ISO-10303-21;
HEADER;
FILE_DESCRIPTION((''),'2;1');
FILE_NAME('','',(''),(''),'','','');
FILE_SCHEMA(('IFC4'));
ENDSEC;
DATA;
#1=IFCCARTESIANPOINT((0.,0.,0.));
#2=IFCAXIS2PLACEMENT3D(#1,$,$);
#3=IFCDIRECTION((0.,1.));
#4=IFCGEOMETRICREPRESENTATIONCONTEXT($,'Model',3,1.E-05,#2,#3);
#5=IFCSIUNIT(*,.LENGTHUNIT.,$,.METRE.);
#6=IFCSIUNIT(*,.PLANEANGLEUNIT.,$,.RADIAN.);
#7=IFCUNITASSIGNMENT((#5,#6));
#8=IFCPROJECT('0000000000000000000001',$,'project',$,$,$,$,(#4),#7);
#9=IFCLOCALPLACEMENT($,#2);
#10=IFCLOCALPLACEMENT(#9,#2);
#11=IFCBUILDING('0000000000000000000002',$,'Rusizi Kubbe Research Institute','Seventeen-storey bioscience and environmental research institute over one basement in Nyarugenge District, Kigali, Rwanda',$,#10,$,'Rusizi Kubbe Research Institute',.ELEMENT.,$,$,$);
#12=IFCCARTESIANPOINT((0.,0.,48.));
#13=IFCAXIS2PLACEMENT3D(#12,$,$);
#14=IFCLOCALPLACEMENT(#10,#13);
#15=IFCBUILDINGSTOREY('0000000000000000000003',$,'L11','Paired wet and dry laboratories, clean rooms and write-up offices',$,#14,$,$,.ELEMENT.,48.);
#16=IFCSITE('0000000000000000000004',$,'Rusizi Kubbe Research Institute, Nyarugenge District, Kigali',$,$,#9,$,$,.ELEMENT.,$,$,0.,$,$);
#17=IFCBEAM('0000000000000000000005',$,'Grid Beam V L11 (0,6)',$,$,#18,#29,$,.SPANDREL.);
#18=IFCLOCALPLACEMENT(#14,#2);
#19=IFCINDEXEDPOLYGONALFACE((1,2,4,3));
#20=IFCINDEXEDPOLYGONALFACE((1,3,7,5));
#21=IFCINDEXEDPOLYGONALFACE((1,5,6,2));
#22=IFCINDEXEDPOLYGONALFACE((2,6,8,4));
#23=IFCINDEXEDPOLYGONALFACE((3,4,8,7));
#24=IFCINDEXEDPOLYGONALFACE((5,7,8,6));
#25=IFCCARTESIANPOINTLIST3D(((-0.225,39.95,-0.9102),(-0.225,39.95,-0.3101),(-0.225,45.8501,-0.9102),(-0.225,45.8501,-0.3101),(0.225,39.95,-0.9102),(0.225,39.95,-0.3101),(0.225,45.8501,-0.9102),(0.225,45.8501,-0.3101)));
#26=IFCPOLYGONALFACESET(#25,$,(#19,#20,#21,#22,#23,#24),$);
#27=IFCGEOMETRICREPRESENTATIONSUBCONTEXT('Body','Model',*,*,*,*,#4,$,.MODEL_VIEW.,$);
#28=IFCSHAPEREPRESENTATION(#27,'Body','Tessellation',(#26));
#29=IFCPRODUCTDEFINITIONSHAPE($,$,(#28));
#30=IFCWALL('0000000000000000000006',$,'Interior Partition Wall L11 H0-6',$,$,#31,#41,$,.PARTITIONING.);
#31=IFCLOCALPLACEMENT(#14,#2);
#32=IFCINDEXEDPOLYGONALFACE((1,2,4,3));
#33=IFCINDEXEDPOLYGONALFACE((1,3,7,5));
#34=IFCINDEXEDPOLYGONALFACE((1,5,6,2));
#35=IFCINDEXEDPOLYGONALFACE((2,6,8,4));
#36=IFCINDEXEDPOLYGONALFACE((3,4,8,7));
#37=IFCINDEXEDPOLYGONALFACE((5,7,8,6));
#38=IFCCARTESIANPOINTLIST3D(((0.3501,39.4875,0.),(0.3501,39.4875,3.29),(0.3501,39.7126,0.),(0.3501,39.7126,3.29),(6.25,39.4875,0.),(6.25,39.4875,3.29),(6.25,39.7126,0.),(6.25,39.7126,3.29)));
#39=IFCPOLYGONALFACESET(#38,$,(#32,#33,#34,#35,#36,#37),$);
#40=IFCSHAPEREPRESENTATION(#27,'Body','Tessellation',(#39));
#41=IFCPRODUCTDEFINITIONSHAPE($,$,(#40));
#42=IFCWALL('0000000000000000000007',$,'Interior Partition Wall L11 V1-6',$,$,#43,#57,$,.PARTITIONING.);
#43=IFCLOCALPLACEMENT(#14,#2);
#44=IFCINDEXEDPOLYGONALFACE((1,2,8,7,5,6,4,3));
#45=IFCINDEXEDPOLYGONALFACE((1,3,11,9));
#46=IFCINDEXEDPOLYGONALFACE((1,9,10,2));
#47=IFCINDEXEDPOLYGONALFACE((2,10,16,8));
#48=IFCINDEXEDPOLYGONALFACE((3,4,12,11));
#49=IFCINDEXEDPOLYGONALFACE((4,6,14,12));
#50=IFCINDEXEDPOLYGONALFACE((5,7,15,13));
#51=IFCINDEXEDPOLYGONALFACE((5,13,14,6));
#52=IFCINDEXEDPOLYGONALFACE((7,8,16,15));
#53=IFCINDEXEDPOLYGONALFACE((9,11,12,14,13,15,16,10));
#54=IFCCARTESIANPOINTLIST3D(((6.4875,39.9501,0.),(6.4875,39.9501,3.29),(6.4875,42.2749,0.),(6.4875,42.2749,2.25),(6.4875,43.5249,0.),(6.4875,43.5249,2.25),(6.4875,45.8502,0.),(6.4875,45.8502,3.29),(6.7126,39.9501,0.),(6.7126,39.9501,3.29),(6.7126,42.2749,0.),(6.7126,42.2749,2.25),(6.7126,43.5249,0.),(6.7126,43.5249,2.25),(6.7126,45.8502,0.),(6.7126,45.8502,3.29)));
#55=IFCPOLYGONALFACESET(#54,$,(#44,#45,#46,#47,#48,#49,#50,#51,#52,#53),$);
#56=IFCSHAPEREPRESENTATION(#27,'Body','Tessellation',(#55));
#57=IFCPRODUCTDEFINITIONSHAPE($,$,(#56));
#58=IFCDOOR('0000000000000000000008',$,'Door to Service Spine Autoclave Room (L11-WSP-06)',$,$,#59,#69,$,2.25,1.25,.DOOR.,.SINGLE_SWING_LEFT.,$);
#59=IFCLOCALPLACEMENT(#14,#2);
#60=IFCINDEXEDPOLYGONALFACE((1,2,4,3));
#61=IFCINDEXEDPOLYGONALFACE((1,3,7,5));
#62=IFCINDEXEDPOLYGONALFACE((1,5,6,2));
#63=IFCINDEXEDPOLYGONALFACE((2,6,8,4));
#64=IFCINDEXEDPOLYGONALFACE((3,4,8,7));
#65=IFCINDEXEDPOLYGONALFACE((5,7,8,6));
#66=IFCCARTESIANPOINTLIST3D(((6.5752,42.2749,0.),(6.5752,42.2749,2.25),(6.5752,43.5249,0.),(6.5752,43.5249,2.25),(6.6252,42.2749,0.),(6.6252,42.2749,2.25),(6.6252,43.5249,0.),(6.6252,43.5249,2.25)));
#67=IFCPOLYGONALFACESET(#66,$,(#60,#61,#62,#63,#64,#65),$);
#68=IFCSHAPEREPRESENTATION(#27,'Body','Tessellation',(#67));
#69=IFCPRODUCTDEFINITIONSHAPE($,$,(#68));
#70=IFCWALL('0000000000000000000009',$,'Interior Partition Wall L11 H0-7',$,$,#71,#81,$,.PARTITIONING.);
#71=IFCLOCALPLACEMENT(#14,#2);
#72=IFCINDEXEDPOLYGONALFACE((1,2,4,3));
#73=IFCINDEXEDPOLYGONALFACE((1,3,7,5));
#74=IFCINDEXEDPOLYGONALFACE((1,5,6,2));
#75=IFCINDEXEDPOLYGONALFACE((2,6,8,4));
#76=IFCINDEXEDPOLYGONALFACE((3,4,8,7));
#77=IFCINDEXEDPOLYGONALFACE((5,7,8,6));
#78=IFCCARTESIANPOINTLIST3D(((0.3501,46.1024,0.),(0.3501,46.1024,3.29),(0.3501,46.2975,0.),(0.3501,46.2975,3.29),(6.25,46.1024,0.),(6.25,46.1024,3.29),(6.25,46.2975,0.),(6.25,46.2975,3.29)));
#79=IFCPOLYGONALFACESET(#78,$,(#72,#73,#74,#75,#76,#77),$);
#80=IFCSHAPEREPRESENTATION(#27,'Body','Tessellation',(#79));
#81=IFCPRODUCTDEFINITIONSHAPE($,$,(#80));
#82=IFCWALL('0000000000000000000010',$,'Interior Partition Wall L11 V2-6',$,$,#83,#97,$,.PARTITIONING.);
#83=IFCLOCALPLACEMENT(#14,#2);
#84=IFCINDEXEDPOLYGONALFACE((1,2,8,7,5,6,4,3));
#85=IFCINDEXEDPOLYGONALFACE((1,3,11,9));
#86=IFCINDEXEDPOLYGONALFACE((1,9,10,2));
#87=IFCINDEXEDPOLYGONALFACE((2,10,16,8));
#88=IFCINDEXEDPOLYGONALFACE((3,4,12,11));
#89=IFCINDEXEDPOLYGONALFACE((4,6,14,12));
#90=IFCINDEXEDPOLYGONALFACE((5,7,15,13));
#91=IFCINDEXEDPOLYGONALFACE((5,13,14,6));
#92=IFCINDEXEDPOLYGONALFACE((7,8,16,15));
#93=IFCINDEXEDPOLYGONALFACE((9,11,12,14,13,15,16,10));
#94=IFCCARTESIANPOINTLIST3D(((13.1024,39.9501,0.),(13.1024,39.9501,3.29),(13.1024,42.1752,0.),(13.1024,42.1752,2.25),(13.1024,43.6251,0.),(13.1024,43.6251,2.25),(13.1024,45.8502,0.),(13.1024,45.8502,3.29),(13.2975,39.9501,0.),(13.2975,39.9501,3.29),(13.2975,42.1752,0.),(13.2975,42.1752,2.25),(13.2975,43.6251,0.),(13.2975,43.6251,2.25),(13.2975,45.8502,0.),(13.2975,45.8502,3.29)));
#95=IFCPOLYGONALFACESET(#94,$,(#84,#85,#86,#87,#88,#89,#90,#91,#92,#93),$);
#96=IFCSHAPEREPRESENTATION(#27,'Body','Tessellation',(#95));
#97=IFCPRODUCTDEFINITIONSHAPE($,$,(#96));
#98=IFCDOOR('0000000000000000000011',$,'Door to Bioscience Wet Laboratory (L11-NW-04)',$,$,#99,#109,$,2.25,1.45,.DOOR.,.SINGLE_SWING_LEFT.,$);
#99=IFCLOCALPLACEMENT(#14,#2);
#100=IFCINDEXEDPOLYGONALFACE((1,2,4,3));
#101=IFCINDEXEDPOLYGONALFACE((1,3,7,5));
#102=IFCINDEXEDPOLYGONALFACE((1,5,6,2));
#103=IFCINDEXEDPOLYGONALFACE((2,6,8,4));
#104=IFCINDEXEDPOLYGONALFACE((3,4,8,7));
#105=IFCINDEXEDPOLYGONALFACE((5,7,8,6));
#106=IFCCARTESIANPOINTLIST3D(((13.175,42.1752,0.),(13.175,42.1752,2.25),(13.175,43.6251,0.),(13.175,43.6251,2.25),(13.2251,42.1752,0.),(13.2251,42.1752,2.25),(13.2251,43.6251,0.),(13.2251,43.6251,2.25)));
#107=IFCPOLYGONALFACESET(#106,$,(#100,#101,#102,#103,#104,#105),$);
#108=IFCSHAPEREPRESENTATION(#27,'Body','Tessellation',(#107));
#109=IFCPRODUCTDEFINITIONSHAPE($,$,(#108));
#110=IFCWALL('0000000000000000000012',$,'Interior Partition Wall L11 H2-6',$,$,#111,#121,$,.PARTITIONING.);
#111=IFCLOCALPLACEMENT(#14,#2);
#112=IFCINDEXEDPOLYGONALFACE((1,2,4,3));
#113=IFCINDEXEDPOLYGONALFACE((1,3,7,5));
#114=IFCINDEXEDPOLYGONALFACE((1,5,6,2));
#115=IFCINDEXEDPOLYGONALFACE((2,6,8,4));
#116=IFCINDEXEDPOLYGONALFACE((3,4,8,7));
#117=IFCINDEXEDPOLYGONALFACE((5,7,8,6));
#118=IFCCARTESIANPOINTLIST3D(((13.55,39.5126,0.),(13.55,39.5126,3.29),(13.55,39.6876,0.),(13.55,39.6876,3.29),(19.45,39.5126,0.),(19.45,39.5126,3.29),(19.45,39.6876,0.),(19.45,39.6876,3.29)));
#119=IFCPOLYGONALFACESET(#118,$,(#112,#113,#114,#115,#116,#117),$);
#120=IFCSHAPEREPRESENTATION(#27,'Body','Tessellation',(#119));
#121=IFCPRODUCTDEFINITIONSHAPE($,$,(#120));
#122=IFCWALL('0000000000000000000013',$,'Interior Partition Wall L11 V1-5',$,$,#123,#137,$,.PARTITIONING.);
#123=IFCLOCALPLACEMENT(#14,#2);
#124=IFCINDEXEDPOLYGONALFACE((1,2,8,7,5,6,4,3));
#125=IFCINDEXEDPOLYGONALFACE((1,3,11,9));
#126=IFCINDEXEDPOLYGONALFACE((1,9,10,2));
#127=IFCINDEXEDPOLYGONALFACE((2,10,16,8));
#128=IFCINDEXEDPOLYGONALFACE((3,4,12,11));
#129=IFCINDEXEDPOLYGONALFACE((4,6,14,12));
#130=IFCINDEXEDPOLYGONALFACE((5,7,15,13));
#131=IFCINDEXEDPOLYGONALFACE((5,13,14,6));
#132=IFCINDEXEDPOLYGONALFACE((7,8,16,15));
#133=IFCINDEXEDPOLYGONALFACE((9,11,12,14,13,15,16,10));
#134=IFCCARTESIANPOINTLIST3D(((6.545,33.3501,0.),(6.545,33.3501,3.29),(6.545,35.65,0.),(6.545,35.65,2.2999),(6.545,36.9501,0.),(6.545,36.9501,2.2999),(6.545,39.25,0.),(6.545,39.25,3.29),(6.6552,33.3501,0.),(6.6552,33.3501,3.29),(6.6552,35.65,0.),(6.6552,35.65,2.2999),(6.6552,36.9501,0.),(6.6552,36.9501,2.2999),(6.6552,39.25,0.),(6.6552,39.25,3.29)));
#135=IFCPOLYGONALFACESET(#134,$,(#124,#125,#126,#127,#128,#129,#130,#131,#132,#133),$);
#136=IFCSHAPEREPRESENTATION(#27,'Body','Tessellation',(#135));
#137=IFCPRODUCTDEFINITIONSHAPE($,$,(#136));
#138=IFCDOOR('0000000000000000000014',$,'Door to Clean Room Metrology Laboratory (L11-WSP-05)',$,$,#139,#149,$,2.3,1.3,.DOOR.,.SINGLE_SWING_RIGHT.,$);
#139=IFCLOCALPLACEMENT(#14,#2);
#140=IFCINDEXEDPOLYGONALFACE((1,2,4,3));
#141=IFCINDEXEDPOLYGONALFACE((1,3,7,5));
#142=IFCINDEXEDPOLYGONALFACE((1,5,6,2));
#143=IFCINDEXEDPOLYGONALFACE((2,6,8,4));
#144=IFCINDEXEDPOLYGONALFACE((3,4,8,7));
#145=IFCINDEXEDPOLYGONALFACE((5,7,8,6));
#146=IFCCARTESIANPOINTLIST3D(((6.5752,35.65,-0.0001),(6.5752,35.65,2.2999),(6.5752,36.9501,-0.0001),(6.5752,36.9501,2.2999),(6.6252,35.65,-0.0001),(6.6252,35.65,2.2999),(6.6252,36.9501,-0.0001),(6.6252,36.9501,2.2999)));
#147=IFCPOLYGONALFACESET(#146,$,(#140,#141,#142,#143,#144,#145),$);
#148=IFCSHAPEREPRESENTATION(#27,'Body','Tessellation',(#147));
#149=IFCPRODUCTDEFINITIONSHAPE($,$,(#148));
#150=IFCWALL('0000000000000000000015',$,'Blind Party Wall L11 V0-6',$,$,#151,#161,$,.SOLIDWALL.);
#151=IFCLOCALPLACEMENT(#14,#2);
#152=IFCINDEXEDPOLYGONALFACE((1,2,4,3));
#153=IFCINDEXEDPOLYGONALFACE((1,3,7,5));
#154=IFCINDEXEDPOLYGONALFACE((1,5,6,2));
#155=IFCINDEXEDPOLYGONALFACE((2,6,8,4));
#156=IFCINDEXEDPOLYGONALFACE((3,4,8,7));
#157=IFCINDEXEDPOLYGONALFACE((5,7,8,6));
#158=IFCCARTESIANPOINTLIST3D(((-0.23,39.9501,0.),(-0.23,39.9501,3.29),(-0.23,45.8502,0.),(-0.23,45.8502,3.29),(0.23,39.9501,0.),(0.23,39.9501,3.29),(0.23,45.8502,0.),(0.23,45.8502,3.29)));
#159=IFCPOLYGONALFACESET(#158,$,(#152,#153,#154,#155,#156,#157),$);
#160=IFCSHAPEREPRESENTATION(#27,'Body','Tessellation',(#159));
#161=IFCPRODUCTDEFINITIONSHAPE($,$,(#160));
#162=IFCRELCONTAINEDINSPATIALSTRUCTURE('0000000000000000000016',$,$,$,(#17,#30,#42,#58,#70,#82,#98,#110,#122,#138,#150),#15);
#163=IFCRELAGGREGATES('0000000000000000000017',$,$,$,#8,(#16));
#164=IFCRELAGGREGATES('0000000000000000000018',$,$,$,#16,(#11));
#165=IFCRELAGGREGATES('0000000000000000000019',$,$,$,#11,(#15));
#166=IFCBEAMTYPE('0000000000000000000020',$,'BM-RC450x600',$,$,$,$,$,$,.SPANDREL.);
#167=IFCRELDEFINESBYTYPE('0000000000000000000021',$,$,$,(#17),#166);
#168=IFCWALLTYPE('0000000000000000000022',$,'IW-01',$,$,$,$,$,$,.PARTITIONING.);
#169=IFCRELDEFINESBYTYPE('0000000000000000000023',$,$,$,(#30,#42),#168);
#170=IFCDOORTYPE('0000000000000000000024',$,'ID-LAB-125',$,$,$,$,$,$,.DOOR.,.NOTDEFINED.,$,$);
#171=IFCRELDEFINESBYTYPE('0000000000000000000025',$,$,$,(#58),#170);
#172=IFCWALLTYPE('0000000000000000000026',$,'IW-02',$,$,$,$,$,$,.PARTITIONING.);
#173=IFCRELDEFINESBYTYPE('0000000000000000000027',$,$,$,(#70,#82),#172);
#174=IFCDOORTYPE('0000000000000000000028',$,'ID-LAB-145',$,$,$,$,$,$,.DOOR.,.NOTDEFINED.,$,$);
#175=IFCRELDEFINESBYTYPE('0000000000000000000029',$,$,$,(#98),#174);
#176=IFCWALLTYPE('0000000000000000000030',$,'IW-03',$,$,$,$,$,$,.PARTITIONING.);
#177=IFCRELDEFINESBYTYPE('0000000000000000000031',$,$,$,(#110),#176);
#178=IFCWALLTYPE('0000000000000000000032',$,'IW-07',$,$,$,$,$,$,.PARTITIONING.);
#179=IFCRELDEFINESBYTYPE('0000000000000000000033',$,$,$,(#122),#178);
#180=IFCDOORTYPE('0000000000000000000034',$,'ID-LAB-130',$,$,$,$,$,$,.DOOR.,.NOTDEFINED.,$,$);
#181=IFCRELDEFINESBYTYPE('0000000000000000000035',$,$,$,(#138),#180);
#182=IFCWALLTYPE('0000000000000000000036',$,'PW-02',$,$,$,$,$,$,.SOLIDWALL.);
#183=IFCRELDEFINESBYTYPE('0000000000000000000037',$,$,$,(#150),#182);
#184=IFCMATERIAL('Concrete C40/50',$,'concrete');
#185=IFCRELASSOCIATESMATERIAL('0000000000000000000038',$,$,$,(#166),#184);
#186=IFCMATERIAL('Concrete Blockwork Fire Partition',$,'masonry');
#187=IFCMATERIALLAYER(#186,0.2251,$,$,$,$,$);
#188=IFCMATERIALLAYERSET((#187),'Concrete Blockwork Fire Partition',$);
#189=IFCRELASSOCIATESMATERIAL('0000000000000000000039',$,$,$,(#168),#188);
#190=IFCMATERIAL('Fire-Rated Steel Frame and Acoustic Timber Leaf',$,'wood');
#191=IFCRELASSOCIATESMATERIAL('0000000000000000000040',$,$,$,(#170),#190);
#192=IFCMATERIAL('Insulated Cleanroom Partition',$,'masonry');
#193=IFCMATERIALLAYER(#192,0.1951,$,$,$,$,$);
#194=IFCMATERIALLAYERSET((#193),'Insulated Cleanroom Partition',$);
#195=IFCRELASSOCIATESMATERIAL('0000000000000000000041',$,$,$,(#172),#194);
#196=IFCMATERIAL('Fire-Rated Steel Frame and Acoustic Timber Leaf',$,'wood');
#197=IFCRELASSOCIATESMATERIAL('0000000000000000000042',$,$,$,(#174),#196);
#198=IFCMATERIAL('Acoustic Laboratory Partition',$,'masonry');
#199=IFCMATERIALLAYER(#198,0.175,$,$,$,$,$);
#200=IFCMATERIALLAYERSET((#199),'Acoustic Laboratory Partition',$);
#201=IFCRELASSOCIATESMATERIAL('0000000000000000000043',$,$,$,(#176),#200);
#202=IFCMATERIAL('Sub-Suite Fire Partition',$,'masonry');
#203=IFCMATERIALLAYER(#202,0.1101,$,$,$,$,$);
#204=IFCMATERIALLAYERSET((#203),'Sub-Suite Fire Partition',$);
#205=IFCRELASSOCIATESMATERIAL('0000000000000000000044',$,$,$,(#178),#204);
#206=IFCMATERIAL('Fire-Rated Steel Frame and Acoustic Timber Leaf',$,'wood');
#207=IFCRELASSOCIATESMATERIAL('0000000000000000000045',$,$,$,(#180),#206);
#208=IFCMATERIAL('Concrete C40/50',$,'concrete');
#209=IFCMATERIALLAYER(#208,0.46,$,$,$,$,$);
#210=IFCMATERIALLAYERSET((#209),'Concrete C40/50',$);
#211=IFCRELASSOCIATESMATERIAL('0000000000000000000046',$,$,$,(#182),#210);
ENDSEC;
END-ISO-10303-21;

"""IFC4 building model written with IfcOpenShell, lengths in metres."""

from ifc_helpers import new_model, si_unit, direction, frame, frame_2d, origin, origin_2d, place, context, subcontext, project, spatial, rectangle, extrude, material, layer, layer_set, material_profile, profile_set, type_object, element, fill, save


model = new_model("IFC4")

# Units and contexts
model_context = context("Model", 3, precision=1e-05, world=origin(), true_north=direction((0.0, 1.0)))
body_context = subcontext(model_context, "Body", "Model", "MODEL_VIEW")
ifc_project = project(units=[si_unit("LENGTHUNIT", "METRE"), si_unit("PLANEANGLEUNIT", "RADIAN")], contexts=[model_context])

# Site, building, storey
site_placement = place(None, origin())
site = spatial("IfcSite", under=ifc_project, at=site_placement, Name="Rusizi Kubbe Research Institute, Nyarugenge District, Kigali", CompositionType="ELEMENT", RefElevation=0.0)
building_placement = place(site_placement, origin())
building = spatial("IfcBuilding", under=site, at=building_placement, Name="Rusizi Kubbe Research Institute", Description="Seventeen-storey bioscience and environmental research institute over one basement in Nyarugenge District, Kigali, Rwanda", LongName="Rusizi Kubbe Research Institute", CompositionType="ELEMENT")
storey_placement = place(building_placement, frame((0.0, 0.0, 48.0)))
storey = spatial("IfcBuildingStorey", under=building, at=storey_placement, Name="L11", Description="Paired wet and dry laboratories, clean rooms and write-up offices", CompositionType="ELEMENT", Elevation=48.0)

# Beam
ifc_material_1 = material(Name="Concrete C40/50", Category="concrete")
ifc_material_profile_1 = material_profile(ifc_material_1, rectangle(XDim=0.45, YDim=0.6001, at=origin_2d()), Name="RC450x600")
ifc_profile_set_1 = profile_set([ifc_material_profile_1], Name="Concrete C40/50")
beam_type_1 = type_object("IfcBeamType", Name="BM-RC450x600", PredefinedType="SPANDREL", material=ifc_profile_set_1)
beam_1_placement = place(storey_placement, frame((0.0, 39.95, -0.6101), z_axis=(0.0, 1.0, 0.0), x_axis=(-1.0, 0.0, 0.0)))
element("IfcBeam", 1, at=beam_1_placement, inside=storey, type_object=beam_type_1, Name="Grid Beam V L11 (0,6)", PredefinedType="SPANDREL", context=body_context, shape_type="SweptSolid", body=[
    extrude(rectangle(XDim=0.45, YDim=0.6001, at=origin_2d()), origin(), (0.0, 0.0, 1.0), 5.9001),
])

# Wall
ifc_material_2 = material(Name="Concrete Blockwork Fire Partition", Category="masonry")
ifc_layer_1 = layer(ifc_material_2, 0.2251)
ifc_layer_set_1 = layer_set([ifc_layer_1], Name="Concrete Blockwork Fire Partition")
wall_type_1 = type_object("IfcWallType", Name="IW-01", PredefinedType="PARTITIONING", material=ifc_layer_set_1)
wall_1_placement = place(storey_placement, frame((0.3501, 39.6001, 0.0), z_axis=(0.0, 0.0, 1.0), x_axis=(1.0, 0.0, 0.0)))
element("IfcWall", 2, at=wall_1_placement, inside=storey, type_object=wall_type_1, Name="Interior Partition Wall L11 H0-6", PredefinedType="PARTITIONING", context=body_context, shape_type="SweptSolid", body=[
    extrude(rectangle(XDim=5.8999, YDim=0.2251, at=frame_2d((2.95, 0.0))), origin(), (0.0, 0.0, 1.0), 3.29),
])

# Wall, opening, door
wall_2_placement = place(storey_placement, frame((6.6001, 39.95, 0.0), z_axis=(0.0, 0.0, 1.0), x_axis=(0.0, 1.0, 0.0)))
wall_2 = element("IfcWall", 3, at=wall_2_placement, inside=storey, type_object=wall_type_1, Name="Interior Partition Wall L11 V1-6", PredefinedType="PARTITIONING", context=body_context, shape_type="SweptSolid", body=[
    extrude(rectangle(XDim=5.9001, YDim=0.2251, at=frame_2d((2.9502, 0.0))), origin(), (0.0, 0.0, 1.0), 3.29),
])
opening_1_placement = place(wall_2_placement, frame((2.325, 0.0, 0.0)))
opening_1 = element("IfcOpeningElement", 4, at=opening_1_placement, cuts=wall_2, PredefinedType="OPENING", context=body_context, shape_type="SweptSolid", body=[
    extrude(rectangle(XDim=1.25, YDim=2.25, at=frame_2d((0.625, 1.125))), frame((0.0, 0.1226, 0.0), z_axis=(0.0, -1.0, 0.0), x_axis=(1.0, 0.0, 0.0)), (0.0, 0.0, 1.0), 0.2451),
])
ifc_material_3 = material(Name="Fire-Rated Steel Frame and Acoustic Timber Leaf", Category="wood")
door_type_1 = type_object("IfcDoorType", Name="ID-LAB-125", OperationType="NOTDEFINED", PredefinedType="DOOR", material=ifc_material_3)
door_1_placement = place(opening_1_placement, origin())
door_1 = element("IfcDoor", 5, at=door_1_placement, inside=storey, type_object=door_type_1, Name="Door to Service Spine Autoclave Room (L11-WSP-06)", OperationType="SINGLE_SWING_LEFT", OverallHeight=2.25, OverallWidth=1.25, PredefinedType="DOOR", context=body_context, shape_type="SweptSolid", body=[
    extrude(rectangle(XDim=1.25, YDim=2.25, at=frame_2d((0.625, 1.125))), frame((0.0, 0.0249, 0.0), z_axis=(0.0, -1.0, 0.0), x_axis=(1.0, 0.0, 0.0)), (0.0, 0.0, 1.0), 0.05),
])
fill(opening_1, door_1)

# Wall
ifc_material_4 = material(Name="Insulated Cleanroom Partition", Category="masonry")
ifc_layer_2 = layer(ifc_material_4, 0.1951)
ifc_layer_set_2 = layer_set([ifc_layer_2], Name="Insulated Cleanroom Partition")
wall_type_2 = type_object("IfcWallType", Name="IW-02", PredefinedType="PARTITIONING", material=ifc_layer_set_2)
wall_3_placement = place(storey_placement, frame((0.3501, 46.2, 0.0), z_axis=(0.0, 0.0, 1.0), x_axis=(1.0, 0.0, 0.0)))
element("IfcWall", 6, at=wall_3_placement, inside=storey, type_object=wall_type_2, Name="Interior Partition Wall L11 H0-7", PredefinedType="PARTITIONING", context=body_context, shape_type="SweptSolid", body=[
    extrude(rectangle(XDim=5.8999, YDim=0.1951, at=frame_2d((2.95, 0.0))), origin(), (0.0, 0.0, 1.0), 3.29),
])

# Wall, opening, door
wall_4_placement = place(storey_placement, frame((13.2, 39.95, 0.0), z_axis=(0.0, 0.0, 1.0), x_axis=(0.0, 1.0, 0.0)))
wall_4 = element("IfcWall", 7, at=wall_4_placement, inside=storey, type_object=wall_type_2, Name="Interior Partition Wall L11 V2-6", PredefinedType="PARTITIONING", context=body_context, shape_type="SweptSolid", body=[
    extrude(rectangle(XDim=5.9001, YDim=0.1951, at=frame_2d((2.9502, 0.0))), origin(), (0.0, 0.0, 1.0), 3.29),
])
opening_2_placement = place(wall_4_placement, frame((2.2251, 0.0, 0.0)))
opening_2 = element("IfcOpeningElement", 8, at=opening_2_placement, cuts=wall_4, PredefinedType="OPENING", context=body_context, shape_type="SweptSolid", body=[
    extrude(rectangle(XDim=1.45, YDim=2.25, at=frame_2d((0.7251, 1.125))), frame((0.0, 0.1074, 0.0), z_axis=(0.0, -1.0, 0.0), x_axis=(1.0, 0.0, 0.0)), (0.0, 0.0, 1.0), 0.2151),
])
ifc_material_5 = material(Name="Fire-Rated Steel Frame and Acoustic Timber Leaf", Category="wood")
door_type_2 = type_object("IfcDoorType", Name="ID-LAB-145", OperationType="NOTDEFINED", PredefinedType="DOOR", material=ifc_material_5)
door_2_placement = place(opening_2_placement, origin())
door_2 = element("IfcDoor", 9, at=door_2_placement, inside=storey, type_object=door_type_2, Name="Door to Bioscience Wet Laboratory (L11-NW-04)", OperationType="SINGLE_SWING_LEFT", OverallHeight=2.25, OverallWidth=1.45, PredefinedType="DOOR", context=body_context, shape_type="SweptSolid", body=[
    extrude(rectangle(XDim=1.45, YDim=2.25, at=frame_2d((0.7251, 1.125))), frame((0.0, 0.0249, 0.0), z_axis=(0.0, -1.0, 0.0), x_axis=(1.0, 0.0, 0.0)), (0.0, 0.0, 1.0), 0.05),
])
fill(opening_2, door_2)

# Wall
ifc_material_6 = material(Name="Acoustic Laboratory Partition", Category="masonry")
ifc_layer_3 = layer(ifc_material_6, 0.175)
ifc_layer_set_3 = layer_set([ifc_layer_3], Name="Acoustic Laboratory Partition")
wall_type_3 = type_object("IfcWallType", Name="IW-03", PredefinedType="PARTITIONING", material=ifc_layer_set_3)
wall_5_placement = place(storey_placement, frame((13.55, 39.6001, 0.0), z_axis=(0.0, 0.0, 1.0), x_axis=(1.0, 0.0, 0.0)))
element("IfcWall", 10, at=wall_5_placement, inside=storey, type_object=wall_type_3, Name="Interior Partition Wall L11 H2-6", PredefinedType="PARTITIONING", context=body_context, shape_type="SweptSolid", body=[
    extrude(rectangle(XDim=5.8999, YDim=0.175, at=frame_2d((2.95, 0.0))), origin(), (0.0, 0.0, 1.0), 3.29),
])

# Wall, opening, door
ifc_material_7 = material(Name="Sub-Suite Fire Partition", Category="masonry")
ifc_layer_4 = layer(ifc_material_7, 0.1101)
ifc_layer_set_4 = layer_set([ifc_layer_4], Name="Sub-Suite Fire Partition")
wall_type_4 = type_object("IfcWallType", Name="IW-07", PredefinedType="PARTITIONING", material=ifc_layer_set_4)
wall_6_placement = place(storey_placement, frame((6.6001, 33.3501, 0.0), z_axis=(0.0, 0.0, 1.0), x_axis=(0.0, 1.0, 0.0)))
wall_6 = element("IfcWall", 11, at=wall_6_placement, inside=storey, type_object=wall_type_4, Name="Interior Partition Wall L11 V1-5", PredefinedType="PARTITIONING", context=body_context, shape_type="SweptSolid", body=[
    extrude(rectangle(XDim=5.8999, YDim=0.1101, at=frame_2d((2.95, 0.0))), origin(), (0.0, 0.0, 1.0), 3.29),
])
opening_3_placement = place(wall_6_placement, frame((2.3, 0.0, 0.0)))
opening_3 = element("IfcOpeningElement", 12, at=opening_3_placement, cuts=wall_6, PredefinedType="OPENING", context=body_context, shape_type="SweptSolid", body=[
    extrude(rectangle(XDim=1.3, YDim=2.3, at=frame_2d((0.6499, 1.1499))), frame((0.0, 0.0649, 0.0), z_axis=(0.0, -1.0, 0.0), x_axis=(1.0, 0.0, 0.0)), (0.0, 0.0, 1.0), 0.1301),
])
ifc_material_8 = material(Name="Fire-Rated Steel Frame and Acoustic Timber Leaf", Category="wood")
door_type_3 = type_object("IfcDoorType", Name="ID-LAB-130", OperationType="NOTDEFINED", PredefinedType="DOOR", material=ifc_material_8)
door_3_placement = place(opening_3_placement, origin())
door_3 = element("IfcDoor", 13, at=door_3_placement, inside=storey, type_object=door_type_3, Name="Door to Clean Room Metrology Laboratory (L11-WSP-05)", OperationType="SINGLE_SWING_RIGHT", OverallHeight=2.3, OverallWidth=1.3, PredefinedType="DOOR", context=body_context, shape_type="SweptSolid", body=[
    extrude(rectangle(XDim=1.3, YDim=2.3, at=frame_2d((0.6499, 1.1499))), frame((0.0, 0.0249, 0.0), z_axis=(0.0, -1.0, 0.0), x_axis=(1.0, 0.0, 0.0)), (0.0, 0.0, 1.0), 0.05),
])
fill(opening_3, door_3)

# Wall
ifc_material_9 = material(Name="Concrete C40/50", Category="concrete")
ifc_layer_5 = layer(ifc_material_9, 0.46)
ifc_layer_set_5 = layer_set([ifc_layer_5], Name="Concrete C40/50")
wall_type_5 = type_object("IfcWallType", Name="PW-02", PredefinedType="SOLIDWALL", material=ifc_layer_set_5)
wall_7_placement = place(storey_placement, frame((0.0, 39.95, 0.0), z_axis=(0.0, 0.0, 1.0), x_axis=(0.0, 1.0, 0.0)))
element("IfcWall", 14, at=wall_7_placement, inside=storey, type_object=wall_type_5, Name="Blind Party Wall L11 V0-6", PredefinedType="SOLIDWALL", context=body_context, shape_type="SweptSolid", body=[
    extrude(rectangle(XDim=5.9001, YDim=0.46, at=frame_2d((2.9502, 0.0))), origin(), (0.0, 0.0, 1.0), 3.29),
])

save(model, "model.ifc")
